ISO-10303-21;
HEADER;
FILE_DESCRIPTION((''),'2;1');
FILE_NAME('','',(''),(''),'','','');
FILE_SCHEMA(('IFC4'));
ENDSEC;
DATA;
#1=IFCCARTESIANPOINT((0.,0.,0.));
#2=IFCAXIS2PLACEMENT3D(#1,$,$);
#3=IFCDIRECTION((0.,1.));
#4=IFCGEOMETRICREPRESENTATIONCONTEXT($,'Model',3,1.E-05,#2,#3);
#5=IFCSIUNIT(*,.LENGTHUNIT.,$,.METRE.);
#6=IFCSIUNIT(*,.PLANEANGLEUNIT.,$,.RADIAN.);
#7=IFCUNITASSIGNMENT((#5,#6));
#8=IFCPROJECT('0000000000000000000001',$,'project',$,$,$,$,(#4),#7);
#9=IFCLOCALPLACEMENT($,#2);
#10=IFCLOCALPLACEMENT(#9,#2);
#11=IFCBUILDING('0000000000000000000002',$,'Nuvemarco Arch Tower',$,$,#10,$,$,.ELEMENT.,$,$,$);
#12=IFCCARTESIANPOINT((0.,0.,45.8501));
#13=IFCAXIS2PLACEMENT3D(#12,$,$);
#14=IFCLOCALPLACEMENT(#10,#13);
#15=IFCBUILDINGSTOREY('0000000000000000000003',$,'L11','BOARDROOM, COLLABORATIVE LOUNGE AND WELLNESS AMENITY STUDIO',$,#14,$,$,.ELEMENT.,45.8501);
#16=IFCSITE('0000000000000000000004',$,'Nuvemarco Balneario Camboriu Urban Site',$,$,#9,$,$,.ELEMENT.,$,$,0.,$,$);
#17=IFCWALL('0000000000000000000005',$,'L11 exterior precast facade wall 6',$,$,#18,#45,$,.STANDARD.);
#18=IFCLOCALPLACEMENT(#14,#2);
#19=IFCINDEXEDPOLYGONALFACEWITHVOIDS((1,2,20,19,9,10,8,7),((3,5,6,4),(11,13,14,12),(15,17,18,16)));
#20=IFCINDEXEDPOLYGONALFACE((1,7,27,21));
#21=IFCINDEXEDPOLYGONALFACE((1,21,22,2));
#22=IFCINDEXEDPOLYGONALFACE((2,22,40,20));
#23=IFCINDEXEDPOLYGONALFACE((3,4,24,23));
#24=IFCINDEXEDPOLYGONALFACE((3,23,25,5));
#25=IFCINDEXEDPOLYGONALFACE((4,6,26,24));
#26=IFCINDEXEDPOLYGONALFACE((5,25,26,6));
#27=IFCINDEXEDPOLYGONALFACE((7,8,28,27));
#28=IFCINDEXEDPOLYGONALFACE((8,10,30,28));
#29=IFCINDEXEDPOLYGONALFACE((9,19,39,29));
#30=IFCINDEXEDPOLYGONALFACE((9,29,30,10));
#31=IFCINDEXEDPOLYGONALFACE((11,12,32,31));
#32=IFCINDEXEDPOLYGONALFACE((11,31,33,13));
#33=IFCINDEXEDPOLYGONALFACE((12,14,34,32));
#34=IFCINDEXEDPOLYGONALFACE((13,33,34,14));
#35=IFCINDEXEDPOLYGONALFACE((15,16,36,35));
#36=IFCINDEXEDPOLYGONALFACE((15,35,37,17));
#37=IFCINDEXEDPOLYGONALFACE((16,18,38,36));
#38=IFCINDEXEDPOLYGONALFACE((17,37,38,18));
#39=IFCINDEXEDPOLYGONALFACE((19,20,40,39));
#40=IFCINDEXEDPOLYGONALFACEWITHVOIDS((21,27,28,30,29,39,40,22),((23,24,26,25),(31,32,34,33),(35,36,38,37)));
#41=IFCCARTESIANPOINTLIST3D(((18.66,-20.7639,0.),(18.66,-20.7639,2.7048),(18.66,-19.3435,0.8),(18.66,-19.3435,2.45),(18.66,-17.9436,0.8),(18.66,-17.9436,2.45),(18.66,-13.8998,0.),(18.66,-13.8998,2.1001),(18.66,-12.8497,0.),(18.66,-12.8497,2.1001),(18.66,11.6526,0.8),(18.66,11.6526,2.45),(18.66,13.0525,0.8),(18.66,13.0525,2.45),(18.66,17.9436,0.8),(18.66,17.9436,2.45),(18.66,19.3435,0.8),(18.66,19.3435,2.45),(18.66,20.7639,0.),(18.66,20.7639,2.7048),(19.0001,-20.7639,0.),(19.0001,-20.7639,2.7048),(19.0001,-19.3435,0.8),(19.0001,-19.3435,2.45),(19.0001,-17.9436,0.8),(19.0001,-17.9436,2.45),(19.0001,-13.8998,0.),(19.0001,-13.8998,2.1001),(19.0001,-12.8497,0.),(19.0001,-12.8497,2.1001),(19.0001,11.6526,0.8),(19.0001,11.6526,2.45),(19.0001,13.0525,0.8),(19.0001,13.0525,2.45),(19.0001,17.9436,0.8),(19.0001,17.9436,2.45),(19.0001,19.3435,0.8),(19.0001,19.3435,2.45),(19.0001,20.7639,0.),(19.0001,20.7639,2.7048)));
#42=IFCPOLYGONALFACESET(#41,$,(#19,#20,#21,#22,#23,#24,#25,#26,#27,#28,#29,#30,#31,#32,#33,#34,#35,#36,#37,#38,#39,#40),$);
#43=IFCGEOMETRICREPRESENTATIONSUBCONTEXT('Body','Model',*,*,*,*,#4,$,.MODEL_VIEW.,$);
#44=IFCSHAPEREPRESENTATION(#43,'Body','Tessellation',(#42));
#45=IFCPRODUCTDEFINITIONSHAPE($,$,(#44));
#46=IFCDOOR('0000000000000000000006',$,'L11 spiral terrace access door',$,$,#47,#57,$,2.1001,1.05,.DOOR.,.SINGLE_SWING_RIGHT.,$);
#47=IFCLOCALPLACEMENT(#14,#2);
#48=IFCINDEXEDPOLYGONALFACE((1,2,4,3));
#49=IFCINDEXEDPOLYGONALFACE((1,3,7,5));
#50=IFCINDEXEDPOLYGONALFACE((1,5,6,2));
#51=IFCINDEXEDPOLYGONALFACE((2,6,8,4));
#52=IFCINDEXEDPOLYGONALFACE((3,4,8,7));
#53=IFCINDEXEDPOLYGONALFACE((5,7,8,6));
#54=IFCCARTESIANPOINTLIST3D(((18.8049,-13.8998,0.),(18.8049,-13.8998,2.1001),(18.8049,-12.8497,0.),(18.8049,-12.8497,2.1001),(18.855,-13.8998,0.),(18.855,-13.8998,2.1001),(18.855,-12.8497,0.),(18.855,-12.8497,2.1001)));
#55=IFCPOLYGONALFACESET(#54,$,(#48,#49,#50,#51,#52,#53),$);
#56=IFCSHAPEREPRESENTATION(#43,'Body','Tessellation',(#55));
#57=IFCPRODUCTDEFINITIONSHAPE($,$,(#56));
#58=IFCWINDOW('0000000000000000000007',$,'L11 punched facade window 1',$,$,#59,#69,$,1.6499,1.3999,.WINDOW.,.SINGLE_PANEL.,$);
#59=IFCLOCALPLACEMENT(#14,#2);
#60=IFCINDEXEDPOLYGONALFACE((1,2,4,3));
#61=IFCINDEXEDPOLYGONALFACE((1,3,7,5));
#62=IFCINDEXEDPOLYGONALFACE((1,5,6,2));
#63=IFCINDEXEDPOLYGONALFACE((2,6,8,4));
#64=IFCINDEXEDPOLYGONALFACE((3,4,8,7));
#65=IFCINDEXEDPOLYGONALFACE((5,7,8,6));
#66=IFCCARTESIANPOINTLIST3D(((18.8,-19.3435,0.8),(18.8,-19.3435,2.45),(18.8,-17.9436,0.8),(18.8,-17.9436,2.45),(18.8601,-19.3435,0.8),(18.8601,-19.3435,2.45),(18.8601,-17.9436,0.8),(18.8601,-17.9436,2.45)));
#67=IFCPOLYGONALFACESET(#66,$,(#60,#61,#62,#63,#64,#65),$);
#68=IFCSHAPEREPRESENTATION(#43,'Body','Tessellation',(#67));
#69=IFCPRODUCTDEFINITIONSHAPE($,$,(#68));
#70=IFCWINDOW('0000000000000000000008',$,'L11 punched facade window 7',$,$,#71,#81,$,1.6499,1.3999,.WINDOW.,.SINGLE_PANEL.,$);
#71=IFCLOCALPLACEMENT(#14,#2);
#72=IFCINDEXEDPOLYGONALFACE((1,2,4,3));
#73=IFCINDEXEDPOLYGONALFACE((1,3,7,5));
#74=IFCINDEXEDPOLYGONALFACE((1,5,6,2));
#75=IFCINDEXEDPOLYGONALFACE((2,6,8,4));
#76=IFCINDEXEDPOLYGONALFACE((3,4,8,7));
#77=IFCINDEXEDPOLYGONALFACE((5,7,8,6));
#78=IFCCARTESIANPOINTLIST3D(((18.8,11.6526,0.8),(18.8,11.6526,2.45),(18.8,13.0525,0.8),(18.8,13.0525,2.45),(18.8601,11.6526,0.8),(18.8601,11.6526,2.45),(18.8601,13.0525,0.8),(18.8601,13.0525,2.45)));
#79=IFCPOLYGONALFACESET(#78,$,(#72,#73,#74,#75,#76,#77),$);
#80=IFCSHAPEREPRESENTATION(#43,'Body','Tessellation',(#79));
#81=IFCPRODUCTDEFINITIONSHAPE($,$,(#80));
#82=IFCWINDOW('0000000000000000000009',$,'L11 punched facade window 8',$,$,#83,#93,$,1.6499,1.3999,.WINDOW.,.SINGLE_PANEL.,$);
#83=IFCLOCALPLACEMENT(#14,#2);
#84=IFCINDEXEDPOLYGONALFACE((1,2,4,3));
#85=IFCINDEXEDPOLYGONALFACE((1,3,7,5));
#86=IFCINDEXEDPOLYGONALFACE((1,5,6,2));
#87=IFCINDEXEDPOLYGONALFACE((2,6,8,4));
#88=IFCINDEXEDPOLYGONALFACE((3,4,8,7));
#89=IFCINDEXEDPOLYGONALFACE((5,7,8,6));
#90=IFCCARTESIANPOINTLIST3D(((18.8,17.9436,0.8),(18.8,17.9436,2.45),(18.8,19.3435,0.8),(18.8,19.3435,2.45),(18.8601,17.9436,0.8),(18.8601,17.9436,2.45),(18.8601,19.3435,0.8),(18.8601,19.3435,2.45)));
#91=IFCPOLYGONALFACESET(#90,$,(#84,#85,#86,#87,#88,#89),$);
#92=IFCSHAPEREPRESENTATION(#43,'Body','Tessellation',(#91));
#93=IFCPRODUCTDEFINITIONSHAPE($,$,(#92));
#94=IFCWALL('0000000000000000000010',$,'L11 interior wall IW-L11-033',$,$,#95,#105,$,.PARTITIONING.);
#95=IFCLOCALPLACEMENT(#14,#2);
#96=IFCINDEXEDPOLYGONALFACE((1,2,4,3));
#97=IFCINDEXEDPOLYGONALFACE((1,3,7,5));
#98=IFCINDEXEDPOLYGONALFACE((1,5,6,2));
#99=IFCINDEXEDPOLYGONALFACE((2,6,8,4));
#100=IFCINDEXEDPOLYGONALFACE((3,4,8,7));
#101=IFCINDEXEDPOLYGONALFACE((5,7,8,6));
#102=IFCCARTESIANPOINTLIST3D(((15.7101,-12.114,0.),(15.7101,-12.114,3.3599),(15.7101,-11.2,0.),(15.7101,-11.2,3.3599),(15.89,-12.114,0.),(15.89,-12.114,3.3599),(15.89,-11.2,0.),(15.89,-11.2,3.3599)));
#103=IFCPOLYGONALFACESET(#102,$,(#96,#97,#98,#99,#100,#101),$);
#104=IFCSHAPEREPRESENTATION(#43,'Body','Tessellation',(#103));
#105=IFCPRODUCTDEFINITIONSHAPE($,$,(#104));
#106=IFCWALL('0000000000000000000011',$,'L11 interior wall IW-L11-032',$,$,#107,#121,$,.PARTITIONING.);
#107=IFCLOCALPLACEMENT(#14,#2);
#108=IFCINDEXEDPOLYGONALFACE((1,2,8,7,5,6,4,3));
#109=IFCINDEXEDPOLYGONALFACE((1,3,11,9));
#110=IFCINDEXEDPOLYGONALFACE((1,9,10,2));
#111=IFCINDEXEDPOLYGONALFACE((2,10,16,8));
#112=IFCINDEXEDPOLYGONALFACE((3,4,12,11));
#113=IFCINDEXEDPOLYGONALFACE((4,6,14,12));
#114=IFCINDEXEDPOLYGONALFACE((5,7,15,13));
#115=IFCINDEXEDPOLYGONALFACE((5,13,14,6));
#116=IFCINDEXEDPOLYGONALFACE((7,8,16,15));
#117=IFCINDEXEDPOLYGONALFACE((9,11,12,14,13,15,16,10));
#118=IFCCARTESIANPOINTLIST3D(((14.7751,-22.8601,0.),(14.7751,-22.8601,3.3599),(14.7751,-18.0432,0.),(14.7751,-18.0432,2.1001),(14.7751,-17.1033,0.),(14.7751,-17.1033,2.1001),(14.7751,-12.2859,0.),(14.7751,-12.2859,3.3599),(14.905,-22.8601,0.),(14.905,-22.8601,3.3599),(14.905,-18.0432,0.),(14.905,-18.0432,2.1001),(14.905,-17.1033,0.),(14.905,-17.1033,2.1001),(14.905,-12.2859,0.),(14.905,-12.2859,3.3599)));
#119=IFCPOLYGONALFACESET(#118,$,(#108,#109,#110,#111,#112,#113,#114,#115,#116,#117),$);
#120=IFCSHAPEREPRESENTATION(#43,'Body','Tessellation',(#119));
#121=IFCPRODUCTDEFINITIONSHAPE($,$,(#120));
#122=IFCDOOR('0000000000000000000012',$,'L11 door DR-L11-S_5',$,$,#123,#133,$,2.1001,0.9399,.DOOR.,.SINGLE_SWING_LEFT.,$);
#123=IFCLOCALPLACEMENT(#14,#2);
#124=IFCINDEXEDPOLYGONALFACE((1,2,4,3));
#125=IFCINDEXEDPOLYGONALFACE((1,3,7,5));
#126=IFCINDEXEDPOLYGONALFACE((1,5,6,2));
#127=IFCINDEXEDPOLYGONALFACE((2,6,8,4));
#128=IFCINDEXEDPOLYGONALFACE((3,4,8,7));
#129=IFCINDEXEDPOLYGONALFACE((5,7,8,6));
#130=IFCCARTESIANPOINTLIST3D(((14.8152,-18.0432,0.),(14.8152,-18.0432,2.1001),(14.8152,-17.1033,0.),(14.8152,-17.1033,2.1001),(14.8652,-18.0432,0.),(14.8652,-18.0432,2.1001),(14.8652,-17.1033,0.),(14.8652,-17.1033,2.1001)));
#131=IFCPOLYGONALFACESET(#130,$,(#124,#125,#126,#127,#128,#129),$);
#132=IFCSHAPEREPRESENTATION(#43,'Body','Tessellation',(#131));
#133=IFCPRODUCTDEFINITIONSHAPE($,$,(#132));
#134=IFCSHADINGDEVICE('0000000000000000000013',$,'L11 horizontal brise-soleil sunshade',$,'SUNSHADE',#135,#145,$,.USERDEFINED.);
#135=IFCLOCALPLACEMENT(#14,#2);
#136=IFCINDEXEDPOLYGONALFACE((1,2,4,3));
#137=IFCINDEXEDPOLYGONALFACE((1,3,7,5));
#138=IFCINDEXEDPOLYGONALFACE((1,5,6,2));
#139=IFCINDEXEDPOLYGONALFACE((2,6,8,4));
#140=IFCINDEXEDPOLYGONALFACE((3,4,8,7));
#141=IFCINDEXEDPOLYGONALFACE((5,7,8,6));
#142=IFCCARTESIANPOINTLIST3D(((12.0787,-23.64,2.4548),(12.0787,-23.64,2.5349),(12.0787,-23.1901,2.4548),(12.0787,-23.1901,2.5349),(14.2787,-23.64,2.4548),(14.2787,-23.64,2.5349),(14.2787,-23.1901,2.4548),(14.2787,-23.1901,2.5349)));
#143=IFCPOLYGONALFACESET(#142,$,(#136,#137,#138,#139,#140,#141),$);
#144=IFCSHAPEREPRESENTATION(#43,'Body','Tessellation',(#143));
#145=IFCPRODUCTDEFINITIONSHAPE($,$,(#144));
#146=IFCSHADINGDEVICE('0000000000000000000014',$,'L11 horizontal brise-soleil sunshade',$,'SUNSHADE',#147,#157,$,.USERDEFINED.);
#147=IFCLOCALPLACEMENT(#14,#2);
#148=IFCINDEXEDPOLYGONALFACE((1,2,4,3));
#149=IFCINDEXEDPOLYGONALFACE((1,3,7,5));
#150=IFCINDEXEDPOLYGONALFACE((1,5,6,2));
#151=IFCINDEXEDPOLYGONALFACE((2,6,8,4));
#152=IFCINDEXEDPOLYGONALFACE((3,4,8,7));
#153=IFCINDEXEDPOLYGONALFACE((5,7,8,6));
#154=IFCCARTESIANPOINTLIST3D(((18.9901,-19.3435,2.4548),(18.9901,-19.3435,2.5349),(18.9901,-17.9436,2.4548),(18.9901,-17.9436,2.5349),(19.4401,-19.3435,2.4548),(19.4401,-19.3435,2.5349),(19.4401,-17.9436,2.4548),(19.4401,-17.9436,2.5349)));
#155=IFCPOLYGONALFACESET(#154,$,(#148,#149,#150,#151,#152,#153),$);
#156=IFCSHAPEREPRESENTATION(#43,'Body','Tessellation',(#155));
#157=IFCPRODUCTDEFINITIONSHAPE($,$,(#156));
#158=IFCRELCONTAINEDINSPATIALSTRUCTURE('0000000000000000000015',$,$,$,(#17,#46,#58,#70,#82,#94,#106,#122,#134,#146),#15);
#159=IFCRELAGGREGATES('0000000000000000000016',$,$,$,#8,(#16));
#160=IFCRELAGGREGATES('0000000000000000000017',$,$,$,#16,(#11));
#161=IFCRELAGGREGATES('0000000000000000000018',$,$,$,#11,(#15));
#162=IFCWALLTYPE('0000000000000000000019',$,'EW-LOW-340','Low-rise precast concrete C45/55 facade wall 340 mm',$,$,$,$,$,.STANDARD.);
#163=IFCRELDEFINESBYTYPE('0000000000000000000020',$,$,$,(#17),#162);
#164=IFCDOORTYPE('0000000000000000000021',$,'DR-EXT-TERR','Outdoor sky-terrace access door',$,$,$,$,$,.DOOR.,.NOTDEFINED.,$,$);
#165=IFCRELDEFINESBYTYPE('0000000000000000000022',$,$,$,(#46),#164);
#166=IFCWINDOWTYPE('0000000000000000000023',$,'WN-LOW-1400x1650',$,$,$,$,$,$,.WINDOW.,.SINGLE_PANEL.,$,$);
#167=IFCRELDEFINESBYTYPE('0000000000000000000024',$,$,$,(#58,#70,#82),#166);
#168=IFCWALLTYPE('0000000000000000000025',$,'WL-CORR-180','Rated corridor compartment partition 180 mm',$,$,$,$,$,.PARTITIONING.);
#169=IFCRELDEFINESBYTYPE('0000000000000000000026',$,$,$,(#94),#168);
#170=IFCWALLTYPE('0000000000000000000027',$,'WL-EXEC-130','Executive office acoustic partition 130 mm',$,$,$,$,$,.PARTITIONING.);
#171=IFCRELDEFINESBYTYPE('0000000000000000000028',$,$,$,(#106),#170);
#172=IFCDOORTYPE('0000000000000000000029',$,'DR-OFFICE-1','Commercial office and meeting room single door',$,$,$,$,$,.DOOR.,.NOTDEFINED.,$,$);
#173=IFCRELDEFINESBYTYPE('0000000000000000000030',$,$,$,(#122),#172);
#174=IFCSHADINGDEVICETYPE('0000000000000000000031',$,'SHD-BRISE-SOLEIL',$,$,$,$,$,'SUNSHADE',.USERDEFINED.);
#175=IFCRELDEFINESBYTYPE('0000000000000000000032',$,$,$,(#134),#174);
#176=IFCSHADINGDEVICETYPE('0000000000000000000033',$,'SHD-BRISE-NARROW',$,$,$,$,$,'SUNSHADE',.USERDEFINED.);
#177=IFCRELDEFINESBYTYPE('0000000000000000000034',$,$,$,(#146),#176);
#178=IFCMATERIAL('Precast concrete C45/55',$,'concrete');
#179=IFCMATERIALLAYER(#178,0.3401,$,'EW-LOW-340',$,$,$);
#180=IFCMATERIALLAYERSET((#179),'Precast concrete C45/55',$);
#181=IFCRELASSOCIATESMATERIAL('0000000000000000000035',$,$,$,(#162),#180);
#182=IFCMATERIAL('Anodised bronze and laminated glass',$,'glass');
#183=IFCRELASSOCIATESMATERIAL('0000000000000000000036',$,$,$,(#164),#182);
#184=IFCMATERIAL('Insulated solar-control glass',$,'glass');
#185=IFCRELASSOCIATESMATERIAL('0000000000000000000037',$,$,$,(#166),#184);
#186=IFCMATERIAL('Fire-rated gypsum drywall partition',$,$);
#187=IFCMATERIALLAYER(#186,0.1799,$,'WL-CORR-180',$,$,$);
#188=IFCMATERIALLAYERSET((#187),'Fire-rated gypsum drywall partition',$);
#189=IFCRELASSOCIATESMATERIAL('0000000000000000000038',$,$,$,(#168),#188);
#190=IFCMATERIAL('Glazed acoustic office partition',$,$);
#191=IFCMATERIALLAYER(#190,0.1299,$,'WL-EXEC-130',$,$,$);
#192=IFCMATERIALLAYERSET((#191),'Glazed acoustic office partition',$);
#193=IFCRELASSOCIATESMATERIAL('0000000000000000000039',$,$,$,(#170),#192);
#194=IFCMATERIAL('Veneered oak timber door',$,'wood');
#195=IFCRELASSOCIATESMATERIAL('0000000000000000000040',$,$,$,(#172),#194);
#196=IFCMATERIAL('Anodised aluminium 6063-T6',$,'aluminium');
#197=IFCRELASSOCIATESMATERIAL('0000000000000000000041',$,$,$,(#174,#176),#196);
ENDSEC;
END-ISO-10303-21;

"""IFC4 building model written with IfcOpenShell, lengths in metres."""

from ifc_helpers import new_model, si_unit, direction, frame, frame_2d, origin, origin_2d, place, context, subcontext, project, spatial, rectangle, extrude, source, transform, mapped, material, layer, layer_set, type_object, type_shapes, element, fill, save


model = new_model("IFC4")

# Units and contexts
model_context = context("Model", 3, precision=1e-05, world=origin(), true_north=direction((0.0, 1.0)))
body_context = subcontext(model_context, "Body", "Model", "MODEL_VIEW")
ifc_project = project(units=[si_unit("LENGTHUNIT", "METRE"), si_unit("PLANEANGLEUNIT", "RADIAN")], contexts=[model_context])

# Site, building, storey
site_placement = place(None, origin())
site = spatial("IfcSite", under=ifc_project, at=site_placement, Name="Nuvemarco Balneario Camboriu Urban Site", CompositionType="ELEMENT", RefElevation=0.0)
building_placement = place(site_placement, origin())
building = spatial("IfcBuilding", under=site, at=building_placement, Name="Nuvemarco Arch Tower", CompositionType="ELEMENT")
storey_placement = place(building_placement, frame((0.0, 0.0, 45.8501)))
storey = spatial("IfcBuildingStorey", under=building, at=storey_placement, Name="L11", Description="BOARDROOM, COLLABORATIVE LOUNGE AND WELLNESS AMENITY STUDIO", CompositionType="ELEMENT", Elevation=45.8501)

# Shared definitions
ifc_material_1 = material(Name="Precast concrete C45/55", Category="concrete")

# Shared definitions
ifc_layer_1 = layer(ifc_material_1, 0.3401, Name="EW-LOW-340")
ifc_layer_set_1 = layer_set([ifc_layer_1], Name="Precast concrete C45/55")
wall_type_1 = type_object("IfcWallType", Name="EW-LOW-340", Description="Low-rise precast concrete C45/55 facade wall 340 mm", PredefinedType="STANDARD", material=ifc_layer_set_1)

# Wall, openings, door, windows
wall_1_placement = place(storey_placement, frame((18.8301, -20.7639, 0.0), z_axis=(0.0, 0.0, 1.0), x_axis=(0.0, 1.0, 0.0)))
wall_1 = element("IfcWall", 1, at=wall_1_placement, inside=storey, type_object=wall_type_1, Name="L11 exterior precast facade wall 6", PredefinedType="STANDARD", context=body_context, shape_type="SweptSolid", body=[
    extrude(rectangle(XDim=41.5278, YDim=0.3401, at=frame_2d((20.7639, 0.0))), origin(), (0.0, 0.0, 1.0), 2.7048),
])
opening_1_placement = place(wall_1_placement, frame((7.9141, 0.0, 0.0), z_axis=(0.0, 0.0, 1.0), x_axis=(-1.0, 0.0, 0.0)))
opening_1 = element("IfcOpeningElement", 2, at=opening_1_placement, cuts=wall_1, PredefinedType="OPENING", context=body_context, shape_type="SweptSolid", body=[
    extrude(rectangle(XDim=1.05, YDim=2.1001, at=frame_2d((0.5249, 1.05))), frame((0.0, 0.1799, 0.0), z_axis=(0.0, -1.0, 0.0), x_axis=(1.0, 0.0, 0.0)), (0.0, 0.0, 1.0), 0.3601),
])
opening_2_placement = place(wall_1_placement, frame((1.4204, 0.0, 0.8)))
opening_2 = element("IfcOpeningElement", 3, at=opening_2_placement, cuts=wall_1, PredefinedType="OPENING", context=body_context, shape_type="SweptSolid", body=[
    extrude(rectangle(XDim=1.3999, YDim=1.6499, at=frame_2d((0.7, 0.825))), frame((0.0, 0.1799, 0.0), z_axis=(0.0, -1.0, 0.0), x_axis=(1.0, 0.0, 0.0)), (0.0, 0.0, 1.0), 0.3601),
])
opening_3_placement = place(wall_1_placement, frame((32.4165, 0.0, 0.8)))
opening_3 = element("IfcOpeningElement", 4, at=opening_3_placement, cuts=wall_1, PredefinedType="OPENING", context=body_context, shape_type="SweptSolid", body=[
    extrude(rectangle(XDim=1.3999, YDim=1.6499, at=frame_2d((0.7, 0.825))), frame((0.0, 0.1799, 0.0), z_axis=(0.0, -1.0, 0.0), x_axis=(1.0, 0.0, 0.0)), (0.0, 0.0, 1.0), 0.3601),
])
opening_4_placement = place(wall_1_placement, frame((38.7075, 0.0, 0.8)))
opening_4 = element("IfcOpeningElement", 5, at=opening_4_placement, cuts=wall_1, PredefinedType="OPENING", context=body_context, shape_type="SweptSolid", body=[
    extrude(rectangle(XDim=1.3999, YDim=1.6499, at=frame_2d((0.7, 0.825))), frame((0.0, 0.1799, 0.0), z_axis=(0.0, -1.0, 0.0), x_axis=(1.0, 0.0, 0.0)), (0.0, 0.0, 1.0), 0.3601),
])
ifc_material_2 = material(Name="Anodised bronze and laminated glass", Category="glass")
door_type_1 = type_object("IfcDoorType", Name="DR-EXT-TERR", Description="Outdoor sky-terrace access door", OperationType="NOTDEFINED", PredefinedType="DOOR", material=ifc_material_2)
shared_shape_1 = source(origin(), body_context, "Body", "SweptSolid", [
    extrude(rectangle(XDim=1.05, YDim=2.1001, at=frame_2d((0.5249, 1.05))), frame((0.0, 0.0249, 0.0), z_axis=(0.0, -1.0, 0.0), x_axis=(1.0, 0.0, 0.0)), (0.0, 0.0, 1.0), 0.05),
])
type_shapes(door_type_1, [shared_shape_1])
door_1_placement = place(opening_1_placement, origin())
door_1 = element("IfcDoor", 6, at=door_1_placement, inside=storey, type_object=door_type_1, Name="L11 spiral terrace access door", OperationType="SINGLE_SWING_RIGHT", OverallHeight=2.1001, OverallWidth=1.05, PredefinedType="DOOR", context=body_context, shape_type="MappedRepresentation", body=[
    mapped(shared_shape_1, transform((0.0, 0.0, 0.0), scale=1.0)),
])
fill(opening_1, door_1)
ifc_material_3 = material(Name="Insulated solar-control glass", Category="glass")
window_type = type_object("IfcWindowType", Name="WN-LOW-1400x1650", PartitioningType="SINGLE_PANEL", PredefinedType="WINDOW", material=ifc_material_3)
shared_shape_2 = source(origin(), body_context, "Body", "SweptSolid", [
    extrude(rectangle(XDim=1.3999, YDim=1.6499, at=frame_2d((0.7, 0.825))), frame((0.0, 0.03, 0.0), z_axis=(0.0, -1.0, 0.0), x_axis=(1.0, 0.0, 0.0)), (0.0, 0.0, 1.0), 0.0601),
])
type_shapes(window_type, [shared_shape_2])
window_1_placement = place(opening_2_placement, origin())
window_1 = element("IfcWindow", 7, at=window_1_placement, inside=storey, type_object=window_type, Name="L11 punched facade window 1", OverallHeight=1.6499, OverallWidth=1.3999, PartitioningType="SINGLE_PANEL", PredefinedType="WINDOW", context=body_context, shape_type="MappedRepresentation", body=[
    mapped(shared_shape_2, transform((0.0, 0.0, 0.0), scale=1.0)),
])
fill(opening_2, window_1)
window_2_placement = place(opening_3_placement, origin())
window_2 = element("IfcWindow", 8, at=window_2_placement, inside=storey, type_object=window_type, Name="L11 punched facade window 7", OverallHeight=1.6499, OverallWidth=1.3999, PartitioningType="SINGLE_PANEL", PredefinedType="WINDOW", context=body_context, shape_type="MappedRepresentation", body=[
    mapped(shared_shape_2, transform((0.0, 0.0, 0.0), scale=1.0)),
])
fill(opening_3, window_2)
window_3_placement = place(opening_4_placement, origin())
window_3 = element("IfcWindow", 9, at=window_3_placement, inside=storey, type_object=window_type, Name="L11 punched facade window 8", OverallHeight=1.6499, OverallWidth=1.3999, PartitioningType="SINGLE_PANEL", PredefinedType="WINDOW", context=body_context, shape_type="MappedRepresentation", body=[
    mapped(shared_shape_2, transform((0.0, 0.0, 0.0), scale=1.0)),
])
fill(opening_4, window_3)

# Wall
ifc_material_4 = material(Name="Fire-rated gypsum drywall partition")
ifc_layer_2 = layer(ifc_material_4, 0.1799, Name="WL-CORR-180")
ifc_layer_set_2 = layer_set([ifc_layer_2], Name="Fire-rated gypsum drywall partition")
wall_type_2 = type_object("IfcWallType", Name="WL-CORR-180", Description="Rated corridor compartment partition 180 mm", PredefinedType="PARTITIONING", material=ifc_layer_set_2)
wall_2_placement = place(storey_placement, frame((15.8, -12.114, 0.0), z_axis=(0.0, 0.0, 1.0), x_axis=(0.0, 1.0, 0.0)))
element("IfcWall", 10, at=wall_2_placement, inside=storey, type_object=wall_type_2, Name="L11 interior wall IW-L11-033", PredefinedType="PARTITIONING", context=body_context, shape_type="SweptSolid", body=[
    extrude(rectangle(XDim=0.9141, YDim=0.1799, at=frame_2d((0.457, 0.0))), origin(), (0.0, 0.0, 1.0), 3.3599),
])

# Wall, opening, door
ifc_material_5 = material(Name="Glazed acoustic office partition")
ifc_layer_3 = layer(ifc_material_5, 0.1299, Name="WL-EXEC-130")
ifc_layer_set_3 = layer_set([ifc_layer_3], Name="Glazed acoustic office partition")
wall_type_3 = type_object("IfcWallType", Name="WL-EXEC-130", Description="Executive office acoustic partition 130 mm", PredefinedType="PARTITIONING", material=ifc_layer_set_3)
wall_3_placement = place(storey_placement, frame((14.8401, -22.8601, 0.0), z_axis=(0.0, 0.0, 1.0), x_axis=(0.0, 1.0, 0.0)))
wall_3 = element("IfcWall", 11, at=wall_3_placement, inside=storey, type_object=wall_type_3, Name="L11 interior wall IW-L11-032", PredefinedType="PARTITIONING", context=body_context, shape_type="SweptSolid", body=[
    extrude(rectangle(XDim=10.5742, YDim=0.1299, at=frame_2d((5.2871, 0.0))), origin(), (0.0, 0.0, 1.0), 3.3599),
])
opening_5_placement = place(wall_3_placement, frame((4.8169, 0.0, 0.0)))
opening_5 = element("IfcOpeningElement", 12, at=opening_5_placement, cuts=wall_3, PredefinedType="OPENING", context=body_context, shape_type="SweptSolid", body=[
    extrude(rectangle(XDim=0.9399, YDim=2.1001, at=frame_2d((0.47, 1.05))), frame((0.0, 0.075, 0.0), z_axis=(0.0, -1.0, 0.0), x_axis=(1.0, 0.0, 0.0)), (0.0, 0.0, 1.0), 0.1499),
])
ifc_material_6 = material(Name="Veneered oak timber door", Category="wood")
door_type_2 = type_object("IfcDoorType", Name="DR-OFFICE-1", Description="Commercial office and meeting room single door", OperationType="NOTDEFINED", PredefinedType="DOOR", material=ifc_material_6)
shared_shape_3 = source(origin(), body_context, "Body", "SweptSolid", [
    extrude(rectangle(XDim=0.9399, YDim=2.1001, at=frame_2d((0.47, 1.05))), frame((0.0, 0.0249, 0.0), z_axis=(0.0, -1.0, 0.0), x_axis=(1.0, 0.0, 0.0)), (0.0, 0.0, 1.0), 0.05),
])
type_shapes(door_type_2, [shared_shape_3])
door_2_placement = place(opening_5_placement, origin())
door_2 = element("IfcDoor", 13, at=door_2_placement, inside=storey, type_object=door_type_2, Name="L11 door DR-L11-S_5", OperationType="SINGLE_SWING_LEFT", OverallHeight=2.1001, OverallWidth=0.9399, PredefinedType="DOOR", context=body_context, shape_type="MappedRepresentation", body=[
    mapped(shared_shape_3, transform((0.0, 0.0, 0.0), scale=1.0)),
])
fill(opening_5, door_2)

# Shading devices
ifc_material_7 = material(Name="Anodised aluminium 6063-T6", Category="aluminium")
shading_device_type_1 = type_object("IfcShadingDeviceType", Name="SHD-BRISE-SOLEIL", ElementType="SUNSHADE", PredefinedType="USERDEFINED", material=ifc_material_7)
shared_shape_4 = source(origin(), body_context, "Body", "SweptSolid", [
    extrude(rectangle(XDim=2.2, YDim=0.45, at=origin_2d()), origin(), (0.0, 0.0, 1.0), 0.0801),
])
type_shapes(shading_device_type_1, [shared_shape_4])
shading_device_1_placement = place(storey_placement, frame((13.1787, -23.415, 2.4548), z_axis=(0.0, 0.0, 1.0), x_axis=(1.0, 0.0, 0.0)))
element("IfcShadingDevice", 14, at=shading_device_1_placement, inside=storey, type_object=shading_device_type_1, Name="L11 horizontal brise-soleil sunshade", ObjectType="SUNSHADE", PredefinedType="USERDEFINED", context=body_context, shape_type="MappedRepresentation", body=[
    mapped(shared_shape_4, transform((0.0, 0.0, 0.0), scale=1.0)),
])
shading_device_type_2 = type_object("IfcShadingDeviceType", Name="SHD-BRISE-NARROW", ElementType="SUNSHADE", PredefinedType="USERDEFINED", material=ifc_material_7)
shared_shape_5 = source(origin(), body_context, "Body", "SweptSolid", [
    extrude(rectangle(XDim=1.3999, YDim=0.45, at=origin_2d()), origin(), (0.0, 0.0, 1.0), 0.0801),
])
type_shapes(shading_device_type_2, [shared_shape_5])
shading_device_2_placement = place(storey_placement, frame((19.2151, -18.6436, 2.4548), z_axis=(0.0, 0.0, 1.0), x_axis=(0.0, 1.0, 0.0)))
element("IfcShadingDevice", 15, at=shading_device_2_placement, inside=storey, type_object=shading_device_type_2, Name="L11 horizontal brise-soleil sunshade", ObjectType="SUNSHADE", PredefinedType="USERDEFINED", context=body_context, shape_type="MappedRepresentation", body=[
    mapped(shared_shape_5, transform((0.0, 0.0, 0.0), scale=1.0)),
])

save(model, "model.ifc")
